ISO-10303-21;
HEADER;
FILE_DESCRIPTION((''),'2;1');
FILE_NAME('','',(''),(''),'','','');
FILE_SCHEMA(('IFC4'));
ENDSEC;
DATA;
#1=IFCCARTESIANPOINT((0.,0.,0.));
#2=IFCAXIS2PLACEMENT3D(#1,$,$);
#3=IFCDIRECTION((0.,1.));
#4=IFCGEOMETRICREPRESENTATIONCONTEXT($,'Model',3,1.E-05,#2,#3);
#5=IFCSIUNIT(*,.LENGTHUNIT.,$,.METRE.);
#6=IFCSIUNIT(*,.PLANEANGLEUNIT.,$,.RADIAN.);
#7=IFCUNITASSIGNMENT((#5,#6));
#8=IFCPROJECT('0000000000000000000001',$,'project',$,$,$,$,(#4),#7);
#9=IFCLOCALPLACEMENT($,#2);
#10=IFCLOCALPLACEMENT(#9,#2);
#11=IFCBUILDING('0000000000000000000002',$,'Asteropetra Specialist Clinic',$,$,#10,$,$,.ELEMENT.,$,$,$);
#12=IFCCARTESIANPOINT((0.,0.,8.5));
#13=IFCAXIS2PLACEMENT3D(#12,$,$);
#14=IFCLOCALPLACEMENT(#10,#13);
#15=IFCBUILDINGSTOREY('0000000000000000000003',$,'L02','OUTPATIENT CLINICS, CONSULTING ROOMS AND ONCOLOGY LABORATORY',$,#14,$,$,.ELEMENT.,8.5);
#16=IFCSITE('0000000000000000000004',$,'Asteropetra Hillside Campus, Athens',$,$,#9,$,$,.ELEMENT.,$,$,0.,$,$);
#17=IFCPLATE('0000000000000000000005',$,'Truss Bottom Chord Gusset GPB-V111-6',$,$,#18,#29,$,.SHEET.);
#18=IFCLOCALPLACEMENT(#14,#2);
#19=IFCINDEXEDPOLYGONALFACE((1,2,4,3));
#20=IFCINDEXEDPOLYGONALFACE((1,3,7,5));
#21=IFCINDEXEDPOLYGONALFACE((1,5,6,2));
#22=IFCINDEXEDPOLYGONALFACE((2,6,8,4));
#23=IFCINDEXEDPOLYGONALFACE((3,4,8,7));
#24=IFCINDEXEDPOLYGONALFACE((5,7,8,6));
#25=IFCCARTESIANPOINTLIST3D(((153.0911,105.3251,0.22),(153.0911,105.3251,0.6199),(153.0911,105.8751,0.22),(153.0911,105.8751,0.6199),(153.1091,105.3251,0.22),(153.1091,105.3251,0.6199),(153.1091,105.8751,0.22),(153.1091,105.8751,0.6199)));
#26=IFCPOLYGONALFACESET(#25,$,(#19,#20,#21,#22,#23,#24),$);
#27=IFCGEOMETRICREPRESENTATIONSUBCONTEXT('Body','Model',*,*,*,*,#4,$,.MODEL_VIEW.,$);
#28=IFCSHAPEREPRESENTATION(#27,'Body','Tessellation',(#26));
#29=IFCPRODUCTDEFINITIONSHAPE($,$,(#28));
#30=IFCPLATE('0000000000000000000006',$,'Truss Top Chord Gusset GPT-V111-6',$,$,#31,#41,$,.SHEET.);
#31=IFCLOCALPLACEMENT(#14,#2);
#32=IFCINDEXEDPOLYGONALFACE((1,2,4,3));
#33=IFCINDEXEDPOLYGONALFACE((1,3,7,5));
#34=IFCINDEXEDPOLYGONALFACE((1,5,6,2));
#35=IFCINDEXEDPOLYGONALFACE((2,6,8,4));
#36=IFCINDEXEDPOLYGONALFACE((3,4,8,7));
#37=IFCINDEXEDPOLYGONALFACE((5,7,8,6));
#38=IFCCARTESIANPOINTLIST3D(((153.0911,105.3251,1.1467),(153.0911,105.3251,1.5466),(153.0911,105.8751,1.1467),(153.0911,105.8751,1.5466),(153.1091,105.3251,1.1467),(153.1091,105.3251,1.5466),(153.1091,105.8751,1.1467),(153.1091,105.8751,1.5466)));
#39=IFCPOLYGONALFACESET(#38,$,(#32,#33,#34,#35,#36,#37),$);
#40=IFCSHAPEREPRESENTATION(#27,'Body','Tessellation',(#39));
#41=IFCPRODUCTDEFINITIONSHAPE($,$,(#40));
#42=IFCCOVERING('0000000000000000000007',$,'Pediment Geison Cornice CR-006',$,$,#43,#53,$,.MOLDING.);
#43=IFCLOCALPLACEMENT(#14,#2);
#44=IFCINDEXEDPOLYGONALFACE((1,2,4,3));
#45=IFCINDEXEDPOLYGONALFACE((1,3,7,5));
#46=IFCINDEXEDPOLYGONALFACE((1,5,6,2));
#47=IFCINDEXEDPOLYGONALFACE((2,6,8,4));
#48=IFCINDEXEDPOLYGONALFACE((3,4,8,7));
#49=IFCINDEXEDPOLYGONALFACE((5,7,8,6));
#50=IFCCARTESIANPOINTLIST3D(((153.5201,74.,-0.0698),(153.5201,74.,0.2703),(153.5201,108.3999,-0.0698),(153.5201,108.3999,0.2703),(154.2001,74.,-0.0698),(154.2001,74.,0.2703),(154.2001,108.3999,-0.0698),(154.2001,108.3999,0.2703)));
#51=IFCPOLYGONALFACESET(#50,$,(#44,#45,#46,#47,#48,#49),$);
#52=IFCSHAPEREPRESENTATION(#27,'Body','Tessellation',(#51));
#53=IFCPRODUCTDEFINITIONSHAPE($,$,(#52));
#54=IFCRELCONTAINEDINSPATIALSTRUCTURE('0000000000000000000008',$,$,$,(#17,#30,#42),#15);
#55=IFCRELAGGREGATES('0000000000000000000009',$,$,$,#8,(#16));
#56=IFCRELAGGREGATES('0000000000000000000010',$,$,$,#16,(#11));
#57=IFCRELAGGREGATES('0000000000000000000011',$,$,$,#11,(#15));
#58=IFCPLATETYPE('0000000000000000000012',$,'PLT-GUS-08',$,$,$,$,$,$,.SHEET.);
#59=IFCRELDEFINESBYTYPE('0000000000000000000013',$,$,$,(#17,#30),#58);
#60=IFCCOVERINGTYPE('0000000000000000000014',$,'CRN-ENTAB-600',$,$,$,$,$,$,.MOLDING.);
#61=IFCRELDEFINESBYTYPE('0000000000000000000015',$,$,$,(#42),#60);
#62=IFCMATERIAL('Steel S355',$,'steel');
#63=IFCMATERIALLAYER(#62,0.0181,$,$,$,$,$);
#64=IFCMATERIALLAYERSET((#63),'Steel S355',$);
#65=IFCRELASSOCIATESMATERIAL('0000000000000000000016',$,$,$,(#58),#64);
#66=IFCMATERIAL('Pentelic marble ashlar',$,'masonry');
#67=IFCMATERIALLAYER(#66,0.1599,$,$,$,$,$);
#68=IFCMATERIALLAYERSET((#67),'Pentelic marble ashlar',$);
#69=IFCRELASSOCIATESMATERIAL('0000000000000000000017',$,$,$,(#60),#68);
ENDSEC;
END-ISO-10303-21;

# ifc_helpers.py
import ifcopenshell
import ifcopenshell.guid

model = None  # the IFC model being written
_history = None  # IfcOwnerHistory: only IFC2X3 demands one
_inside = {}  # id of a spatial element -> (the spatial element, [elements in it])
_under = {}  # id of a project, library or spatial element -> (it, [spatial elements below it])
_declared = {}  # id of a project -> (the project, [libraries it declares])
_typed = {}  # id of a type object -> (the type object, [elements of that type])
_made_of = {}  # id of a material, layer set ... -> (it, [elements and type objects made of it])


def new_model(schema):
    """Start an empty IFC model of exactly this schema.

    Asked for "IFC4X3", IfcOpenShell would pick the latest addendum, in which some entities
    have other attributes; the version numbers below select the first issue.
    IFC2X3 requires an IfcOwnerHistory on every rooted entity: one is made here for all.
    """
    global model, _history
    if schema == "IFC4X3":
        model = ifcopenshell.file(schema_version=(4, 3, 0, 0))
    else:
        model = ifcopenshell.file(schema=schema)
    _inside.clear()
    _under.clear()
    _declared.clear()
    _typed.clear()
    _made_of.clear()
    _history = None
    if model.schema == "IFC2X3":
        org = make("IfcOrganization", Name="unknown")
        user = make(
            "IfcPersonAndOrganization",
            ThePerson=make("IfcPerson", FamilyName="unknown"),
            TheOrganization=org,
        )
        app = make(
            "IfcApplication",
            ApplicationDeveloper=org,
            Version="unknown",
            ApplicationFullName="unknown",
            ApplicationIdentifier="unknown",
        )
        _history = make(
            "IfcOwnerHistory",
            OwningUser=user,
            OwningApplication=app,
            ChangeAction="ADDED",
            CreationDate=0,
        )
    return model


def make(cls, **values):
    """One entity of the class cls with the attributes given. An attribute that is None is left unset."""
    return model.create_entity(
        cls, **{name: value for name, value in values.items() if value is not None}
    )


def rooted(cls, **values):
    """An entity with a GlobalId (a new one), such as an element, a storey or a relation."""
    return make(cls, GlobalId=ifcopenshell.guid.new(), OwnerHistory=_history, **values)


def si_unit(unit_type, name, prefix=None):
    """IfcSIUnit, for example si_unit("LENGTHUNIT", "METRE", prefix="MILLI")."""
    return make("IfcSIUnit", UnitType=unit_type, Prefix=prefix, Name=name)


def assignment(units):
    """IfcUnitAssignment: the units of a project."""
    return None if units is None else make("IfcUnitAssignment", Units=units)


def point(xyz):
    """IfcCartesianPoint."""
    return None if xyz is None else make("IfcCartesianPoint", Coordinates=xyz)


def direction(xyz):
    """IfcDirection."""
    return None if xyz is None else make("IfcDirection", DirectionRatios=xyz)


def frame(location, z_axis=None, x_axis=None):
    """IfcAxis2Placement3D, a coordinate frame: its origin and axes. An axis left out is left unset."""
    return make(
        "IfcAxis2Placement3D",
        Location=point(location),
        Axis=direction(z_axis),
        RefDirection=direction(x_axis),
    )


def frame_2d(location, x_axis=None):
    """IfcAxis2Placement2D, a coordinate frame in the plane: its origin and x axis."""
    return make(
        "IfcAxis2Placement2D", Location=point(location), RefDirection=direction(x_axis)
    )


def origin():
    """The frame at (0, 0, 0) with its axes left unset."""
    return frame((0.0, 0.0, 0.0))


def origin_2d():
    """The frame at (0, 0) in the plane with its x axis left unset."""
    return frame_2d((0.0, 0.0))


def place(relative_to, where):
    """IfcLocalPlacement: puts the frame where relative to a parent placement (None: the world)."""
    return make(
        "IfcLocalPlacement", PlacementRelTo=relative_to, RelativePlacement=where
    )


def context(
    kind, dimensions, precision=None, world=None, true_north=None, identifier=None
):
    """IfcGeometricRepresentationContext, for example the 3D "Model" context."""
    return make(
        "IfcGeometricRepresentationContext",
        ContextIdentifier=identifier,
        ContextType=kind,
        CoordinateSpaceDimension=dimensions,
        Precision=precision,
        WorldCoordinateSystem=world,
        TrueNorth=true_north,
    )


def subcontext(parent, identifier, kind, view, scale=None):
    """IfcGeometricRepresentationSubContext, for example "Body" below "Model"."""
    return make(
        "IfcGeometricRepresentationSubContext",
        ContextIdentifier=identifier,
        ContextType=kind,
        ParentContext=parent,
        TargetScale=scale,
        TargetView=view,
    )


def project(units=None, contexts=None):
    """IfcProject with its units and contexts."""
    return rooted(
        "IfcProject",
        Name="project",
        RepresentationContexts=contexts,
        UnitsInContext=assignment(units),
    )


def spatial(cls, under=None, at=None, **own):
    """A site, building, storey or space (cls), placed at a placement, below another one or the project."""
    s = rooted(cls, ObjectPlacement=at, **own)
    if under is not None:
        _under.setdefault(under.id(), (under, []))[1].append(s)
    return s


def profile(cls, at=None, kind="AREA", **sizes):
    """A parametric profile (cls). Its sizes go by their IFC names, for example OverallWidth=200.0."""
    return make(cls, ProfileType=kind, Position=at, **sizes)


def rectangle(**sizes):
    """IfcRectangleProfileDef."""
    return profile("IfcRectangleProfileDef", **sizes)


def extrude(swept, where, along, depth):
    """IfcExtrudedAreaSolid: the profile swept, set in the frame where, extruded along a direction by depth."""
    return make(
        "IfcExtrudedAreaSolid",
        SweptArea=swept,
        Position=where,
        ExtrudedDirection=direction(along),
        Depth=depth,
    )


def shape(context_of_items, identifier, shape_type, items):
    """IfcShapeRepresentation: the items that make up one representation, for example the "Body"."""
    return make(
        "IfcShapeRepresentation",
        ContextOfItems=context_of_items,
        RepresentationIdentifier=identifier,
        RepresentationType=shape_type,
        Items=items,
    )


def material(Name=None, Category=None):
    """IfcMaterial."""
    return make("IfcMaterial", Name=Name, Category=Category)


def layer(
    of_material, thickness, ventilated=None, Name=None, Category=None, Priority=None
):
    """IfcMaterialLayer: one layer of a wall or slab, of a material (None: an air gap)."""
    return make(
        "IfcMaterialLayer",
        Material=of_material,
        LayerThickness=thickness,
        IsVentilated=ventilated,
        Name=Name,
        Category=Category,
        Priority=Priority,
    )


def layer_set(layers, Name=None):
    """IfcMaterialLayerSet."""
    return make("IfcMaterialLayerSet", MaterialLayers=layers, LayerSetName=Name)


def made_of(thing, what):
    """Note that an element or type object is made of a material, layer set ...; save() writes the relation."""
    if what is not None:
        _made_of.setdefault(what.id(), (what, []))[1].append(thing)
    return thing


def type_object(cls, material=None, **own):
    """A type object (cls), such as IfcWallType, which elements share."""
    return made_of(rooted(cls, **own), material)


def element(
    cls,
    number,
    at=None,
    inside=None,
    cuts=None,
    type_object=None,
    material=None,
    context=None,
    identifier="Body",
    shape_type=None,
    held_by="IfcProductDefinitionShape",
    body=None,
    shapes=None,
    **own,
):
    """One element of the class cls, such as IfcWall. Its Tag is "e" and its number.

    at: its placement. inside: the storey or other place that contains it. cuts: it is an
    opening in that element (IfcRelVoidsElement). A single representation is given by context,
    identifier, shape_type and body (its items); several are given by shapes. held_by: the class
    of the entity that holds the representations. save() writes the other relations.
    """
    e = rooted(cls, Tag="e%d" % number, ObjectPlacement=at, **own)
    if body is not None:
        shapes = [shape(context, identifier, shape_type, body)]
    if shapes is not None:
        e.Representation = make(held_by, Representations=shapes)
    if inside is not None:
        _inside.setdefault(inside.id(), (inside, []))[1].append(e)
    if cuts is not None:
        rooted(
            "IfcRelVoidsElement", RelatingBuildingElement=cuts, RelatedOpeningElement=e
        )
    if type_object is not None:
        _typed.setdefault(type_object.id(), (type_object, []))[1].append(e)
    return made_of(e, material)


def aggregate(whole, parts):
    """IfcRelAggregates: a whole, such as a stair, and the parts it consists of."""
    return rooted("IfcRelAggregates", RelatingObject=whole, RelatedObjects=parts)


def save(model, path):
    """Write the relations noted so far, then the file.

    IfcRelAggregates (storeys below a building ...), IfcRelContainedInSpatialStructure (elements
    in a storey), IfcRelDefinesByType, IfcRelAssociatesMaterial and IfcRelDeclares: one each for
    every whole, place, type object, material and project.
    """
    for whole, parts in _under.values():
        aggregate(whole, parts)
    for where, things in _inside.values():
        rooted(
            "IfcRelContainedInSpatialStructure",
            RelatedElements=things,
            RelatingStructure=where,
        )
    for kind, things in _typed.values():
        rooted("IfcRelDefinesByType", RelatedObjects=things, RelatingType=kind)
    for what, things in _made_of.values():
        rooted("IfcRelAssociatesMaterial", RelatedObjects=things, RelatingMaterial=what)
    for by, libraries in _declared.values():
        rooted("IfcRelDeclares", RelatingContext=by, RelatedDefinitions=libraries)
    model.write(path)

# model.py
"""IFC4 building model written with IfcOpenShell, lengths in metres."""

from ifc_helpers import new_model, si_unit, direction, frame, origin, origin_2d, place, context, subcontext, project, spatial, rectangle, extrude, material, layer, layer_set, type_object, element, save


model = new_model("IFC4")

# Units and contexts
model_context = context("Model", 3, precision=1e-05, world=origin(), true_north=direction((0.0, 1.0)))
body_context = subcontext(model_context, "Body", "Model", "MODEL_VIEW")
ifc_project = project(units=[si_unit("LENGTHUNIT", "METRE"), si_unit("PLANEANGLEUNIT", "RADIAN")], contexts=[model_context])

# Site, building, storey
site_placement = place(None, origin())
site = spatial("IfcSite", under=ifc_project, at=site_placement, Name="Asteropetra Hillside Campus, Athens", CompositionType="ELEMENT", RefElevation=0.0)
building_placement = place(site_placement, origin())
building = spatial("IfcBuilding", under=site, at=building_placement, Name="Asteropetra Specialist Clinic", CompositionType="ELEMENT")
storey_placement = place(building_placement, frame((0.0, 0.0, 8.5)))
storey = spatial("IfcBuildingStorey", under=building, at=storey_placement, Name="L02", Description="OUTPATIENT CLINICS, CONSULTING ROOMS AND ONCOLOGY LABORATORY", CompositionType="ELEMENT", Elevation=8.5)

# Plates
ifc_material_1 = material(Name="Steel S355", Category="steel")
ifc_layer_1 = layer(ifc_material_1, 0.0181)
ifc_layer_set_1 = layer_set([ifc_layer_1], Name="Steel S355")
plate_type_1 = type_object("IfcPlateType", Name="PLT-GUS-08", PredefinedType="SHEET", material=ifc_layer_set_1)
for number, where, z_axis, x_axis, name in (
    (1, (153.1001, 105.6001, 0.22), (0.0, 0.0, 1.0), (1.0, 0.0, 0.0), "Truss Bottom Chord Gusset GPB-V111-6"),
    (2, (153.1001, 105.6001, 1.1467), (0.0, 0.0, 1.0), (1.0, 0.0, 0.0), "Truss Top Chord Gusset GPT-V111-6"),
):
    element("IfcPlate", number, at=place(storey_placement, frame(where, z_axis=z_axis, x_axis=x_axis)), inside=storey, type_object=plate_type_1, Name=name, PredefinedType="SHEET", context=body_context, shape_type="SweptSolid", body=[
        extrude(rectangle(XDim=0.0181, YDim=0.55, at=origin_2d()), origin(), (0.0, 0.0, 1.0), 0.3999),
    ])

# Covering
ifc_material_2 = material(Name="Pentelic marble ashlar", Category="masonry")
ifc_layer_2 = layer(ifc_material_2, 0.1599)
ifc_layer_set_2 = layer_set([ifc_layer_2], Name="Pentelic marble ashlar")
covering_type = type_object("IfcCoveringType", Name="CRN-ENTAB-600", PredefinedType="MOLDING", material=ifc_layer_set_2)
covering_placement = place(storey_placement, frame((153.8601, 91.2, -0.0698), z_axis=(0.0, 0.0, 1.0), x_axis=(1.0, 0.0, 0.0)))
element("IfcCovering", 3, at=covering_placement, inside=storey, type_object=covering_type, Name="Pediment Geison Cornice CR-006", PredefinedType="MOLDING", context=body_context, shape_type="SweptSolid", body=[
    extrude(rectangle(XDim=0.6799, YDim=34.3999, at=origin_2d()), origin(), (0.0, 0.0, 1.0), 0.3401),
])

save(model, "model.ifc")
